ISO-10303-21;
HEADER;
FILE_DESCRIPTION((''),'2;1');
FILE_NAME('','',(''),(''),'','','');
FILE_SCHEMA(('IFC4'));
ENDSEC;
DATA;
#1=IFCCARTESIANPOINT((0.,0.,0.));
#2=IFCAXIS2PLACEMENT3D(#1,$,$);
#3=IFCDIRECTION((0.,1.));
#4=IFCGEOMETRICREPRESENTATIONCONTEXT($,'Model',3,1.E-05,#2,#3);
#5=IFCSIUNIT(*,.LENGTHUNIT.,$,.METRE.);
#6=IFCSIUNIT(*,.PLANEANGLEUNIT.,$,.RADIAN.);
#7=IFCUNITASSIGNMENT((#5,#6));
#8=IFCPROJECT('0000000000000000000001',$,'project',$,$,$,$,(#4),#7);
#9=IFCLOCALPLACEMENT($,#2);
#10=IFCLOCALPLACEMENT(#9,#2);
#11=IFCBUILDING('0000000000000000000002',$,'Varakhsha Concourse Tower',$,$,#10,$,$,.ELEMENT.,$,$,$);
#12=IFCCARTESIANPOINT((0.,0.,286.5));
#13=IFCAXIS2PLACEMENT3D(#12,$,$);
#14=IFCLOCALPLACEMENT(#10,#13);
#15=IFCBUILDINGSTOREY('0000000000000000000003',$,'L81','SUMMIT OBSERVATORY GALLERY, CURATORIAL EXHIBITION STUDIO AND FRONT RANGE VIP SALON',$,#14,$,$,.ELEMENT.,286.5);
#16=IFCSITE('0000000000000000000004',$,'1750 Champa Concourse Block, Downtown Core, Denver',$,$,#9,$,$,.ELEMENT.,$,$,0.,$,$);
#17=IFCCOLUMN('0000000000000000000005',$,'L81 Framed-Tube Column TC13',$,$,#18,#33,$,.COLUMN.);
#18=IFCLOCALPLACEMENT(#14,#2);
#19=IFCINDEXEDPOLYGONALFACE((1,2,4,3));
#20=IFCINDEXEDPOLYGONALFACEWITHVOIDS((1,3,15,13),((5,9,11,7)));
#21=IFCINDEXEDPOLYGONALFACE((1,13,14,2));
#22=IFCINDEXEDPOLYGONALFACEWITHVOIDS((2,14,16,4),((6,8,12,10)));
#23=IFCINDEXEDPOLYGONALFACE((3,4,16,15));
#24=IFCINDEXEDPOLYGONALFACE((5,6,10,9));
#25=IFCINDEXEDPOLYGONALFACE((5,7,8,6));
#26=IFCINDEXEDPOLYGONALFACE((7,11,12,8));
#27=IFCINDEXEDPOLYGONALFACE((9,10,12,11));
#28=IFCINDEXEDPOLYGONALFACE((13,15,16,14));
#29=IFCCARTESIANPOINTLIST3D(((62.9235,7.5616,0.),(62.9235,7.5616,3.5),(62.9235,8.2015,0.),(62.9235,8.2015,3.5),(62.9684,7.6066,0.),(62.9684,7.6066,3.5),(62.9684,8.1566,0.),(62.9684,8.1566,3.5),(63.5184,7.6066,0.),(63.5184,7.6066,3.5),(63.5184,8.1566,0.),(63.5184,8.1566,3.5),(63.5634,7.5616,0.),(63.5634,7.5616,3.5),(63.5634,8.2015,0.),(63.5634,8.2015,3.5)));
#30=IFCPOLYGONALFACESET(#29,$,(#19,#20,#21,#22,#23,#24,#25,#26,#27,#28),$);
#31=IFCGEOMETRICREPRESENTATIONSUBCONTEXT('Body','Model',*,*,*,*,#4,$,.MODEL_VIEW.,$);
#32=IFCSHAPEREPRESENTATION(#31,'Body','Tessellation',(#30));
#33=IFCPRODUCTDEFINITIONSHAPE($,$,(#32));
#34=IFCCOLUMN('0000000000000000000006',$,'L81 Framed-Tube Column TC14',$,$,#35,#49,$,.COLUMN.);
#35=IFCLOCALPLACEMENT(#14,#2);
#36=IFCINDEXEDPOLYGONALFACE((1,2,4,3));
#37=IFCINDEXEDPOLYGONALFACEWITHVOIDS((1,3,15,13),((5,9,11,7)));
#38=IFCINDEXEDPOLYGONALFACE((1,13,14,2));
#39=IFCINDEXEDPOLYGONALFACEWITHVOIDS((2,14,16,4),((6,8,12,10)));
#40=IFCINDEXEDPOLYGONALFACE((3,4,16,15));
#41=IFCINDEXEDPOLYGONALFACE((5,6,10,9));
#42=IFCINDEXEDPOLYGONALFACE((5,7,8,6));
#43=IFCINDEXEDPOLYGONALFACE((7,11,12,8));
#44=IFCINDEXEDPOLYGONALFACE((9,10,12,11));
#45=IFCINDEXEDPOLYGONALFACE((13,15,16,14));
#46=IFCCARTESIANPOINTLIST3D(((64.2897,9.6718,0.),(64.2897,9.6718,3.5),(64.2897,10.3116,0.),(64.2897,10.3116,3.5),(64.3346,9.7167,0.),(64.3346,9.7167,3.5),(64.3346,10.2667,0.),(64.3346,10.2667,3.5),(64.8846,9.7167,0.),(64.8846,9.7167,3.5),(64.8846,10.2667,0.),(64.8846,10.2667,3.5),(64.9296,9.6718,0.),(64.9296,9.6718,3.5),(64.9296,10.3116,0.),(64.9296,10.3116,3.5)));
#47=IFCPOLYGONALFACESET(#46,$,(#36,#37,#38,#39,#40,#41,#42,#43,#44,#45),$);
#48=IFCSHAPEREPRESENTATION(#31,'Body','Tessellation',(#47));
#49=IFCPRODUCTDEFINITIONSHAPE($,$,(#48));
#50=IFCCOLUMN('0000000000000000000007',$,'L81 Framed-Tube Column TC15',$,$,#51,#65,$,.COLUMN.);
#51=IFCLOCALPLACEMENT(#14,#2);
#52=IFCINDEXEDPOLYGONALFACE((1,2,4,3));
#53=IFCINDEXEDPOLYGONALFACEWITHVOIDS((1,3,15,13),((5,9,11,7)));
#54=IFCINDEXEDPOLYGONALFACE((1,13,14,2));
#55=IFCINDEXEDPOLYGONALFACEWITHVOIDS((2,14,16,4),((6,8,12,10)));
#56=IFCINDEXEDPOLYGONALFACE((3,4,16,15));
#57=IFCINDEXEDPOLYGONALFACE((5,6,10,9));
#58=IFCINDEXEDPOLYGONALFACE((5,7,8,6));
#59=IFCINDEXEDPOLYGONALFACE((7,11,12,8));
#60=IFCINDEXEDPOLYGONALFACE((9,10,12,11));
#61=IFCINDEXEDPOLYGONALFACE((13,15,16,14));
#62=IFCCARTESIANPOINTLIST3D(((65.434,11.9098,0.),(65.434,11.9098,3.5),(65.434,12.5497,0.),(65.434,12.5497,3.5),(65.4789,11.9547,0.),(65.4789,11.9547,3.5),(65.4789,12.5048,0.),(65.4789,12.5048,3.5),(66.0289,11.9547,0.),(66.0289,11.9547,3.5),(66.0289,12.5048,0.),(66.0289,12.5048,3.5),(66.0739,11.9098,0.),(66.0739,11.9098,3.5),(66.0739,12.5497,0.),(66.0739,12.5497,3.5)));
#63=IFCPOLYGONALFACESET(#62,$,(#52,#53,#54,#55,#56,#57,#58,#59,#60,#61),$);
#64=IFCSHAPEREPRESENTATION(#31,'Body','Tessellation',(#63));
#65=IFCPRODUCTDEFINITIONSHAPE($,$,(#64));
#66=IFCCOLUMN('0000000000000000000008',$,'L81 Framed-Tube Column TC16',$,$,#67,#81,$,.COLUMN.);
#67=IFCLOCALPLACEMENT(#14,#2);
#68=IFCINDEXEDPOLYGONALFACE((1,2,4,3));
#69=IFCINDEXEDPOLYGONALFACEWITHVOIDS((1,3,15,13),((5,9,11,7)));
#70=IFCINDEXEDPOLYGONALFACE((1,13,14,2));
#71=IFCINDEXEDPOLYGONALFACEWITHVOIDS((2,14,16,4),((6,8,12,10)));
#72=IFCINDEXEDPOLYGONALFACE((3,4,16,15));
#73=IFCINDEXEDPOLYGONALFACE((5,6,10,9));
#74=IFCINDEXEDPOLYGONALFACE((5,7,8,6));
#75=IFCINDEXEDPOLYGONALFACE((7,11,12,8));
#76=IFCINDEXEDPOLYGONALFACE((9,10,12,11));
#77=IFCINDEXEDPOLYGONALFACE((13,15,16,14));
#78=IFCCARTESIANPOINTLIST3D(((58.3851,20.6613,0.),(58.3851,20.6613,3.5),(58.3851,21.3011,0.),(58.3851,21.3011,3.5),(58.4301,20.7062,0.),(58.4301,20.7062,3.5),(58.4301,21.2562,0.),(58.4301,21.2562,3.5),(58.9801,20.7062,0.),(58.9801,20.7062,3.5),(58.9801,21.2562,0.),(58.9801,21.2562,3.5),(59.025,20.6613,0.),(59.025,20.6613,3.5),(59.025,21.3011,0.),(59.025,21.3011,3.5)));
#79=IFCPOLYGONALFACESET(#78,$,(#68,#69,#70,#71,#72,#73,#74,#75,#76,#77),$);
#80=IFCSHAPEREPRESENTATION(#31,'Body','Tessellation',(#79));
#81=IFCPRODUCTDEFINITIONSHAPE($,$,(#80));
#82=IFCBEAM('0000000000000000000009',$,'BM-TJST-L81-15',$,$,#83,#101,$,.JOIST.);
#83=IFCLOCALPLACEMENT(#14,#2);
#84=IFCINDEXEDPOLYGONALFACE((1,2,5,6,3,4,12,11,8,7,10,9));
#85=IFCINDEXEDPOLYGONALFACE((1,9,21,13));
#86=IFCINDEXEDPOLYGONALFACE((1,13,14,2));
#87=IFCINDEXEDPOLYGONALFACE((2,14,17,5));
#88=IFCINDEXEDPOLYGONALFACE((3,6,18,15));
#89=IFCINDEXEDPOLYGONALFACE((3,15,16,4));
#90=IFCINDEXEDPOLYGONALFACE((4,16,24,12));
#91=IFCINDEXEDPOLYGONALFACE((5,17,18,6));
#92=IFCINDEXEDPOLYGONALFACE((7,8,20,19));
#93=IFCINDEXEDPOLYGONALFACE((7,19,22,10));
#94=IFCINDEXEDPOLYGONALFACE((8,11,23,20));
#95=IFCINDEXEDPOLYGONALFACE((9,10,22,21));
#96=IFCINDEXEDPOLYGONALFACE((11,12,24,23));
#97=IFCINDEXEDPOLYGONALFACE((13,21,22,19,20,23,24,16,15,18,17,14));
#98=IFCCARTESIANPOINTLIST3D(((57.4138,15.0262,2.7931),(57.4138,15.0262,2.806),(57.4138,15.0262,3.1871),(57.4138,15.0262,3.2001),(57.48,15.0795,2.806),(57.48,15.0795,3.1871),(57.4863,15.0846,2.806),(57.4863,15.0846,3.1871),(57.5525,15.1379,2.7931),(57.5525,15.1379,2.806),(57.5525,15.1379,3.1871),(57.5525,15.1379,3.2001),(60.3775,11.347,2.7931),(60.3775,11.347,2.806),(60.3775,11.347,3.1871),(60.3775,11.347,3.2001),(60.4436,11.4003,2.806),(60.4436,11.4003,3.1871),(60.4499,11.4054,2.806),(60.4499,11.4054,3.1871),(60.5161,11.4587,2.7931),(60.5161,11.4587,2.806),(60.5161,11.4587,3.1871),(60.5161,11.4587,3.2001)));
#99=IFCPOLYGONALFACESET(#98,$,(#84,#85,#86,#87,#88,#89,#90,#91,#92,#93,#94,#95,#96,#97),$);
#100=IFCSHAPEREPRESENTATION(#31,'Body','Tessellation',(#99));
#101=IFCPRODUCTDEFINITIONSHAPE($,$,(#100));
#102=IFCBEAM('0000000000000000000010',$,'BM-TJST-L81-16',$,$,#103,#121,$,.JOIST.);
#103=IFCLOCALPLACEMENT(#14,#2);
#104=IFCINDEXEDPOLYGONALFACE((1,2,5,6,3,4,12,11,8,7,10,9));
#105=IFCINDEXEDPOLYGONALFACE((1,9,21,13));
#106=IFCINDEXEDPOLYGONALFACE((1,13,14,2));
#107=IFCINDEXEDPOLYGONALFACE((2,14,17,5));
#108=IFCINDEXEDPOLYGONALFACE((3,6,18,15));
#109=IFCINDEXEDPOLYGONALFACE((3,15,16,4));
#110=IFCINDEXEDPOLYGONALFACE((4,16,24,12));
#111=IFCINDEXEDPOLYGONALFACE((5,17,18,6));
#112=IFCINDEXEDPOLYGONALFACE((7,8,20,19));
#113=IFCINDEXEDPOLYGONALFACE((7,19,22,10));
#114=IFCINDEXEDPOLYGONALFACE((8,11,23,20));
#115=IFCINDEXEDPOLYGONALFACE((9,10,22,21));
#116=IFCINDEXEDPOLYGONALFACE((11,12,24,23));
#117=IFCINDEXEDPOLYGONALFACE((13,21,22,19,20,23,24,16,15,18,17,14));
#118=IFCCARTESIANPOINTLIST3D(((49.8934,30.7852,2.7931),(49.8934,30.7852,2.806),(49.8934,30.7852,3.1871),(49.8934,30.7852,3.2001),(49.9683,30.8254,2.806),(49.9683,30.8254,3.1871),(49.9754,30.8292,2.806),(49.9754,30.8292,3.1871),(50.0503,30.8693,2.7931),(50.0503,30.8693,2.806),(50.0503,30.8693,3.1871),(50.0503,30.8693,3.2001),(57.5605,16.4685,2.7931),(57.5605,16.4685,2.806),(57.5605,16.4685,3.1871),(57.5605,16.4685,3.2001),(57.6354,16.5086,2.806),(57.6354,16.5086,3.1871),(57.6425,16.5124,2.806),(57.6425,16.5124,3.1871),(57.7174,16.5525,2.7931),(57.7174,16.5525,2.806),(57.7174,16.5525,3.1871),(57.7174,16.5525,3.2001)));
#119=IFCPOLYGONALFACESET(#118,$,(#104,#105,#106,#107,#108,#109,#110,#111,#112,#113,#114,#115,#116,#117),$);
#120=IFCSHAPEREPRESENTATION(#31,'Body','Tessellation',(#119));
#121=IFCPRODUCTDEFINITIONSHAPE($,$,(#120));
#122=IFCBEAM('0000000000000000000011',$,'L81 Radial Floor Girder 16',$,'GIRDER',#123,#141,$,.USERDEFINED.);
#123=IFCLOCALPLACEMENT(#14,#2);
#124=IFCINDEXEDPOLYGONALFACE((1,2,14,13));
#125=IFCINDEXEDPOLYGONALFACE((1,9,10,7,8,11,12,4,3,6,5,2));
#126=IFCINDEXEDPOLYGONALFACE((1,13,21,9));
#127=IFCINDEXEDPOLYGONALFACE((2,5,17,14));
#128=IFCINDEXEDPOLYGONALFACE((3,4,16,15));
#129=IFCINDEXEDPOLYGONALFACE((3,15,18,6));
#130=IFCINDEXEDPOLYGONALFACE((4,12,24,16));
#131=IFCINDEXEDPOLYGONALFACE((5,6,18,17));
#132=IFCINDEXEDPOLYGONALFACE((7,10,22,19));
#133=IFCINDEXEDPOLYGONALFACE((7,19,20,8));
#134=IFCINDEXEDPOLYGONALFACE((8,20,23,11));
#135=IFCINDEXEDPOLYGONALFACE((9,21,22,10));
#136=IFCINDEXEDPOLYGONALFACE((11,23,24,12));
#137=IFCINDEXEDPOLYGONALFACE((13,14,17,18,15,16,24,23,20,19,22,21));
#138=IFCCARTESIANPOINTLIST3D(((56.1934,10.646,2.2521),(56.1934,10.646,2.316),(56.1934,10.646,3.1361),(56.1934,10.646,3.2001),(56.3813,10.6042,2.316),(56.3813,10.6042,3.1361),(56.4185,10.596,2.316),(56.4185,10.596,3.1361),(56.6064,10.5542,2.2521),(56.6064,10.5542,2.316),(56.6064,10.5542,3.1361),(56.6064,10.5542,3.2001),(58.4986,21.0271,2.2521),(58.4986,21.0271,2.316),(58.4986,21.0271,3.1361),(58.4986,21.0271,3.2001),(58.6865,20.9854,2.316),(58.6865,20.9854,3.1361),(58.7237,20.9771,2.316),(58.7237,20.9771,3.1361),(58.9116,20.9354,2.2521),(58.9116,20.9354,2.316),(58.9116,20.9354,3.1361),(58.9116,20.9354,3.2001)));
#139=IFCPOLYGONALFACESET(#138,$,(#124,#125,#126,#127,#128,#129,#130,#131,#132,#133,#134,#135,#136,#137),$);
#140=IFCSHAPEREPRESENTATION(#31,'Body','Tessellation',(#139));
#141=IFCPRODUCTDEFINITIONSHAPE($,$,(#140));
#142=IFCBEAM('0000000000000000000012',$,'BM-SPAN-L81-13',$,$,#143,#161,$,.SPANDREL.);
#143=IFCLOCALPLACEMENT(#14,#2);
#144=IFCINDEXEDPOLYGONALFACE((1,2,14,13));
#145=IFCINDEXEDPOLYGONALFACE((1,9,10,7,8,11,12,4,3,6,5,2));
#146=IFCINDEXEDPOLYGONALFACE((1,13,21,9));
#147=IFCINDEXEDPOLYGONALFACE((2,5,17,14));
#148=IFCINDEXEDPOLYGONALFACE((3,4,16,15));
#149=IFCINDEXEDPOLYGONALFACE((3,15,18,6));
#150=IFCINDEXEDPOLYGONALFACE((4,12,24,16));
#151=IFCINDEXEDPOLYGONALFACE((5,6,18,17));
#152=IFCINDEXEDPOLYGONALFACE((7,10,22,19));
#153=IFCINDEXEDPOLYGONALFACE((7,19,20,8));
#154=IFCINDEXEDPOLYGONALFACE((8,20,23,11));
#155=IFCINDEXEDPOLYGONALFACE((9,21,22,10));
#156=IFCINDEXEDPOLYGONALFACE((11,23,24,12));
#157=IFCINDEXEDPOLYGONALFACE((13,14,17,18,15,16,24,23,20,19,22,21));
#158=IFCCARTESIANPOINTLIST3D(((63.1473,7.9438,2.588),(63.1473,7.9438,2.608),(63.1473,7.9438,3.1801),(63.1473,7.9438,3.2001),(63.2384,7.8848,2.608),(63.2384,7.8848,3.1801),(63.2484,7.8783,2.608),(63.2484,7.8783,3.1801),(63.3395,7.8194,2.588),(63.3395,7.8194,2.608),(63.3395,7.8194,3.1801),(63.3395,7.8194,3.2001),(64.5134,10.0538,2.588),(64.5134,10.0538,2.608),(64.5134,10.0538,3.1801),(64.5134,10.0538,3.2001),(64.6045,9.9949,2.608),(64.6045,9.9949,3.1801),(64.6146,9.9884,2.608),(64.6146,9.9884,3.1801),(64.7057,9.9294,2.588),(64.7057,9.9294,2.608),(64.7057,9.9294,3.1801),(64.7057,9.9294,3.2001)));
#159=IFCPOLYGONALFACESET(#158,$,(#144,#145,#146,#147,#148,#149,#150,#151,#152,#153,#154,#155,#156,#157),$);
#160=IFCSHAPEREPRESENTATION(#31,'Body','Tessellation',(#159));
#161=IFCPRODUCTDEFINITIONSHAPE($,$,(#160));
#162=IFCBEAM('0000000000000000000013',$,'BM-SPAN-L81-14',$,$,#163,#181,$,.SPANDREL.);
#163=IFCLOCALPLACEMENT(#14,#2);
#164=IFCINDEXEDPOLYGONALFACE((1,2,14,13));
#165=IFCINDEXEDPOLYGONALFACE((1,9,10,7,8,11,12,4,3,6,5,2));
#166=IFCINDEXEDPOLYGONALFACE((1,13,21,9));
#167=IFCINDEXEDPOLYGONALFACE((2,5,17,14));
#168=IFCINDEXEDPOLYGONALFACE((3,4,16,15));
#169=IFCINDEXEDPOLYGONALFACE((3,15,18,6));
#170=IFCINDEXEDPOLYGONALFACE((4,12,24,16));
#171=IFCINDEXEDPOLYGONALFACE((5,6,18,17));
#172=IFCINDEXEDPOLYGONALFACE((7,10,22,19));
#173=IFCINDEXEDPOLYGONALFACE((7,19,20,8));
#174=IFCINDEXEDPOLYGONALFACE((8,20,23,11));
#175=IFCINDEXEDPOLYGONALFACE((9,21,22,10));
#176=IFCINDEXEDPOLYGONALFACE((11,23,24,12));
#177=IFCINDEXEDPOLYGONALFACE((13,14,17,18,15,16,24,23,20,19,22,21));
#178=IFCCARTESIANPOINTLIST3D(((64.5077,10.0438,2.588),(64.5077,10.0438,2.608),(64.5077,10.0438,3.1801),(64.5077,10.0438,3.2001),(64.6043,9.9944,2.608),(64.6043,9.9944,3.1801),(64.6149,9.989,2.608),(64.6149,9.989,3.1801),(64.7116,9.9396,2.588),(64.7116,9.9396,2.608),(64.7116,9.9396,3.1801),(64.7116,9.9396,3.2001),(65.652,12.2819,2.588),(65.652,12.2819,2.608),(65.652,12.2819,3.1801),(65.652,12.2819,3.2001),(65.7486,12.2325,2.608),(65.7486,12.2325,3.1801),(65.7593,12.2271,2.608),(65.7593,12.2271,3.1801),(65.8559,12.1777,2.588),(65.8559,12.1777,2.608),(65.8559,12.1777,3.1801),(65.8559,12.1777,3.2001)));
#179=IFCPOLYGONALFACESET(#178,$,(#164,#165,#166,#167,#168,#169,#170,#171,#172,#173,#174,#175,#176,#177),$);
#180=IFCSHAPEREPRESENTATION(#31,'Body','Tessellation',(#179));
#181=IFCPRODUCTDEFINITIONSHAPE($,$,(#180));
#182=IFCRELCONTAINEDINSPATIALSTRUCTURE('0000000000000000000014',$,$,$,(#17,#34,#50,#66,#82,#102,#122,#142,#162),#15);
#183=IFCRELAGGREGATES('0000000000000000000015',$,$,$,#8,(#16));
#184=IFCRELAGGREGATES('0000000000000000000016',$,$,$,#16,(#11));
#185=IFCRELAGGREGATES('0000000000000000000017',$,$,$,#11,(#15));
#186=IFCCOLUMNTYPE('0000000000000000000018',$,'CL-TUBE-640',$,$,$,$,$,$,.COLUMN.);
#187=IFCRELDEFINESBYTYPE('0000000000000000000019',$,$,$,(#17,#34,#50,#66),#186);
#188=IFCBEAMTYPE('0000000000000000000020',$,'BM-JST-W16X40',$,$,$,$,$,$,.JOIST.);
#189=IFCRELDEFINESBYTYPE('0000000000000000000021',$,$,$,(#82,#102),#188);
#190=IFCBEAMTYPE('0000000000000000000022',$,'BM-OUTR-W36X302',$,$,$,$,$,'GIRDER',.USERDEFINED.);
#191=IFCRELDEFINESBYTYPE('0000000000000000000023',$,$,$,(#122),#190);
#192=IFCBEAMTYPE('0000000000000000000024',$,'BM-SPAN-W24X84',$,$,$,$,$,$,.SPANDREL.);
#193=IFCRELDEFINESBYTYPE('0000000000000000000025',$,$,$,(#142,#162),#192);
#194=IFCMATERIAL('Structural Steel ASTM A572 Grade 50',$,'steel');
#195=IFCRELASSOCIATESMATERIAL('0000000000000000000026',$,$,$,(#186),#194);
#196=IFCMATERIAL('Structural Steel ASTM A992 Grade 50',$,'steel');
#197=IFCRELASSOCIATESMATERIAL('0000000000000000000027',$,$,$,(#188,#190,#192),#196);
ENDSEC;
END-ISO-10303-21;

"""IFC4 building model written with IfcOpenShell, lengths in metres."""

from ifc_helpers import new_model, si_unit, direction, frame, origin, origin_2d, place, context, subcontext, project, spatial, hollow_rectangle, i_section, extrude, material, material_profile, profile_set, type_object, element, save


model = new_model("IFC4")

# Units and contexts
model_context = context("Model", 3, precision=1e-05, world=origin(), true_north=direction((0.0, 1.0)))
body_context = subcontext(model_context, "Body", "Model", "MODEL_VIEW")
ifc_project = project(units=[si_unit("LENGTHUNIT", "METRE"), si_unit("PLANEANGLEUNIT", "RADIAN")], contexts=[model_context])

# Site, building, storey
site_placement = place(None, origin())
site = spatial("IfcSite", under=ifc_project, at=site_placement, Name="1750 Champa Concourse Block, Downtown Core, Denver", CompositionType="ELEMENT", RefElevation=0.0)
building_placement = place(site_placement, origin())
building = spatial("IfcBuilding", under=site, at=building_placement, Name="Varakhsha Concourse Tower", CompositionType="ELEMENT")
storey_placement = place(building_placement, frame((0.0, 0.0, 286.5)))
storey = spatial("IfcBuildingStorey", under=building, at=storey_placement, Name="L81", Description="SUMMIT OBSERVATORY GALLERY, CURATORIAL EXHIBITION STUDIO AND FRONT RANGE VIP SALON", CompositionType="ELEMENT", Elevation=286.5)

# Columns
ifc_material_1 = material(Name="Structural Steel ASTM A572 Grade 50", Category="steel")
ifc_material_profile_1 = material_profile(ifc_material_1, hollow_rectangle(XDim=0.6399, YDim=0.6399, WallThickness=0.0449, at=origin_2d()), Name="BOX 640x640x45")
ifc_profile_set_1 = profile_set([ifc_material_profile_1], Name="Structural Steel ASTM A572 Grade 50")
column_type = type_object("IfcColumnType", Name="CL-TUBE-640", PredefinedType="COLUMN", material=ifc_profile_set_1)
for number, where, z_axis, x_axis, name in (
    (1, (63.2434, 7.8816, 0.0), (0.0, 0.0, 1.0), (1.0, 0.0, 0.0), "L81 Framed-Tube Column TC13"),
    (2, (64.6096, 9.9917, 0.0), (0.0, 0.0, 1.0), (1.0, 0.0, 0.0), "L81 Framed-Tube Column TC14"),
    (3, (65.7539, 12.2297, 0.0), (0.0, 0.0, 1.0), (1.0, 0.0, 0.0), "L81 Framed-Tube Column TC15"),
    (4, (58.7051, 20.9812, 0.0), (0.0, 0.0, 1.0), (1.0, 0.0, 0.0), "L81 Framed-Tube Column TC16"),
):
    element("IfcColumn", number, at=place(storey_placement, frame(where, z_axis=z_axis, x_axis=x_axis)), inside=storey, type_object=column_type, Name=name, PredefinedType="COLUMN", context=body_context, shape_type="SweptSolid", body=[
        extrude(hollow_rectangle(XDim=0.6399, YDim=0.6399, WallThickness=0.0449, at=origin_2d()), origin(), (0.0, 0.0, 1.0), 3.5),
    ])

# Beams
ifc_material_2 = material(Name="Structural Steel ASTM A992 Grade 50", Category="steel")
ifc_material_profile_2 = material_profile(ifc_material_2, i_section(OverallWidth=0.178, OverallDepth=0.407, WebThickness=0.0081, FlangeThickness=0.0129, at=origin_2d()), Name="W16X40")
ifc_profile_set_2 = profile_set([ifc_material_profile_2], Name="Structural Steel ASTM A992 Grade 50")
beam_type_1 = type_object("IfcBeamType", Name="BM-JST-W16X40", PredefinedType="JOIST", material=ifc_profile_set_2)
beam_1_placement = place(storey_placement, frame((60.4468, 11.4028, 2.9966), z_axis=(-0.627307, 0.778772, 0.0), x_axis=(-0.778772, -0.627307, 0.0)))
element("IfcBeam", 5, at=beam_1_placement, inside=storey, type_object=beam_type_1, Name="BM-TJST-L81-15", PredefinedType="JOIST", context=body_context, shape_type="SweptSolid", body=[
    extrude(i_section(OverallWidth=0.178, OverallDepth=0.407, WebThickness=0.0081, FlangeThickness=0.0129, at=origin_2d()), origin(), (0.0, 0.0, 1.0), 4.7244),
])
beam_2_placement = place(storey_placement, frame((57.6389, 16.5105, 2.9966), z_axis=(-0.472095, 0.881548, 0.0), x_axis=(-0.881548, -0.472095, 0.0)))
element("IfcBeam", 6, at=beam_2_placement, inside=storey, type_object=beam_type_1, Name="BM-TJST-L81-16", PredefinedType="JOIST", context=body_context, shape_type="SweptSolid", body=[
    extrude(i_section(OverallWidth=0.178, OverallDepth=0.407, WebThickness=0.0081, FlangeThickness=0.0129, at=origin_2d()), origin(), (0.0, 0.0, 1.0), 16.2405),
])
ifc_material_profile_3 = material_profile(ifc_material_2, i_section(OverallWidth=0.4231, OverallDepth=0.948, WebThickness=0.0381, FlangeThickness=0.064, at=origin_2d()), Name="W36X302")
ifc_profile_set_3 = profile_set([ifc_material_profile_3], Name="Structural Steel ASTM A992 Grade 50")
beam_type_2 = type_object("IfcBeamType", Name="BM-OUTR-W36X302", ElementType="GIRDER", PredefinedType="USERDEFINED", material=ifc_profile_set_3)
beam_3_placement = place(storey_placement, frame((56.3999, 10.6001, 2.7261), z_axis=(0.216775, 0.976222, 0.0), x_axis=(-0.976222, 0.216775, 0.0)))
element("IfcBeam", 7, at=beam_3_placement, inside=storey, type_object=beam_type_2, Name="L81 Radial Floor Girder 16", ObjectType="GIRDER", PredefinedType="USERDEFINED", context=body_context, shape_type="SweptSolid", body=[
    extrude(i_section(OverallWidth=0.4231, OverallDepth=0.948, WebThickness=0.0381, FlangeThickness=0.064, at=origin_2d()), origin(), (0.0, 0.0, 1.0), 10.634),
])
ifc_material_profile_4 = material_profile(ifc_material_2, i_section(OverallWidth=0.229, OverallDepth=0.6121, WebThickness=0.012, FlangeThickness=0.02, at=origin_2d()), Name="W24X84")
ifc_profile_set_4 = profile_set([ifc_material_profile_4], Name="Structural Steel ASTM A992 Grade 50")
beam_type_3 = type_object("IfcBeamType", Name="BM-SPAN-W24X84", PredefinedType="SPANDREL", material=ifc_profile_set_4)
for number, where, z_axis, x_axis, name in (
    (8, (63.2434, 7.8816, 2.894), (0.543489, 0.839416, 0.0), (-0.839416, 0.543489, 0.0), "BM-SPAN-L81-13"),
    (9, (64.6096, 9.9917, 2.894), (0.455238, 0.89037, 0.0), (-0.89037, 0.455238, 0.0), "BM-SPAN-L81-14"),
):
    element("IfcBeam", number, at=place(storey_placement, frame(where, z_axis=z_axis, x_axis=x_axis)), inside=storey, type_object=beam_type_3, Name=name, PredefinedType="SPANDREL", context=body_context, shape_type="SweptSolid", body=[
        extrude(i_section(OverallWidth=0.229, OverallDepth=0.6121, WebThickness=0.012, FlangeThickness=0.02, at=origin_2d()), origin(), (0.0, 0.0, 1.0), 2.5137),
    ])

save(model, "model.ifc")
